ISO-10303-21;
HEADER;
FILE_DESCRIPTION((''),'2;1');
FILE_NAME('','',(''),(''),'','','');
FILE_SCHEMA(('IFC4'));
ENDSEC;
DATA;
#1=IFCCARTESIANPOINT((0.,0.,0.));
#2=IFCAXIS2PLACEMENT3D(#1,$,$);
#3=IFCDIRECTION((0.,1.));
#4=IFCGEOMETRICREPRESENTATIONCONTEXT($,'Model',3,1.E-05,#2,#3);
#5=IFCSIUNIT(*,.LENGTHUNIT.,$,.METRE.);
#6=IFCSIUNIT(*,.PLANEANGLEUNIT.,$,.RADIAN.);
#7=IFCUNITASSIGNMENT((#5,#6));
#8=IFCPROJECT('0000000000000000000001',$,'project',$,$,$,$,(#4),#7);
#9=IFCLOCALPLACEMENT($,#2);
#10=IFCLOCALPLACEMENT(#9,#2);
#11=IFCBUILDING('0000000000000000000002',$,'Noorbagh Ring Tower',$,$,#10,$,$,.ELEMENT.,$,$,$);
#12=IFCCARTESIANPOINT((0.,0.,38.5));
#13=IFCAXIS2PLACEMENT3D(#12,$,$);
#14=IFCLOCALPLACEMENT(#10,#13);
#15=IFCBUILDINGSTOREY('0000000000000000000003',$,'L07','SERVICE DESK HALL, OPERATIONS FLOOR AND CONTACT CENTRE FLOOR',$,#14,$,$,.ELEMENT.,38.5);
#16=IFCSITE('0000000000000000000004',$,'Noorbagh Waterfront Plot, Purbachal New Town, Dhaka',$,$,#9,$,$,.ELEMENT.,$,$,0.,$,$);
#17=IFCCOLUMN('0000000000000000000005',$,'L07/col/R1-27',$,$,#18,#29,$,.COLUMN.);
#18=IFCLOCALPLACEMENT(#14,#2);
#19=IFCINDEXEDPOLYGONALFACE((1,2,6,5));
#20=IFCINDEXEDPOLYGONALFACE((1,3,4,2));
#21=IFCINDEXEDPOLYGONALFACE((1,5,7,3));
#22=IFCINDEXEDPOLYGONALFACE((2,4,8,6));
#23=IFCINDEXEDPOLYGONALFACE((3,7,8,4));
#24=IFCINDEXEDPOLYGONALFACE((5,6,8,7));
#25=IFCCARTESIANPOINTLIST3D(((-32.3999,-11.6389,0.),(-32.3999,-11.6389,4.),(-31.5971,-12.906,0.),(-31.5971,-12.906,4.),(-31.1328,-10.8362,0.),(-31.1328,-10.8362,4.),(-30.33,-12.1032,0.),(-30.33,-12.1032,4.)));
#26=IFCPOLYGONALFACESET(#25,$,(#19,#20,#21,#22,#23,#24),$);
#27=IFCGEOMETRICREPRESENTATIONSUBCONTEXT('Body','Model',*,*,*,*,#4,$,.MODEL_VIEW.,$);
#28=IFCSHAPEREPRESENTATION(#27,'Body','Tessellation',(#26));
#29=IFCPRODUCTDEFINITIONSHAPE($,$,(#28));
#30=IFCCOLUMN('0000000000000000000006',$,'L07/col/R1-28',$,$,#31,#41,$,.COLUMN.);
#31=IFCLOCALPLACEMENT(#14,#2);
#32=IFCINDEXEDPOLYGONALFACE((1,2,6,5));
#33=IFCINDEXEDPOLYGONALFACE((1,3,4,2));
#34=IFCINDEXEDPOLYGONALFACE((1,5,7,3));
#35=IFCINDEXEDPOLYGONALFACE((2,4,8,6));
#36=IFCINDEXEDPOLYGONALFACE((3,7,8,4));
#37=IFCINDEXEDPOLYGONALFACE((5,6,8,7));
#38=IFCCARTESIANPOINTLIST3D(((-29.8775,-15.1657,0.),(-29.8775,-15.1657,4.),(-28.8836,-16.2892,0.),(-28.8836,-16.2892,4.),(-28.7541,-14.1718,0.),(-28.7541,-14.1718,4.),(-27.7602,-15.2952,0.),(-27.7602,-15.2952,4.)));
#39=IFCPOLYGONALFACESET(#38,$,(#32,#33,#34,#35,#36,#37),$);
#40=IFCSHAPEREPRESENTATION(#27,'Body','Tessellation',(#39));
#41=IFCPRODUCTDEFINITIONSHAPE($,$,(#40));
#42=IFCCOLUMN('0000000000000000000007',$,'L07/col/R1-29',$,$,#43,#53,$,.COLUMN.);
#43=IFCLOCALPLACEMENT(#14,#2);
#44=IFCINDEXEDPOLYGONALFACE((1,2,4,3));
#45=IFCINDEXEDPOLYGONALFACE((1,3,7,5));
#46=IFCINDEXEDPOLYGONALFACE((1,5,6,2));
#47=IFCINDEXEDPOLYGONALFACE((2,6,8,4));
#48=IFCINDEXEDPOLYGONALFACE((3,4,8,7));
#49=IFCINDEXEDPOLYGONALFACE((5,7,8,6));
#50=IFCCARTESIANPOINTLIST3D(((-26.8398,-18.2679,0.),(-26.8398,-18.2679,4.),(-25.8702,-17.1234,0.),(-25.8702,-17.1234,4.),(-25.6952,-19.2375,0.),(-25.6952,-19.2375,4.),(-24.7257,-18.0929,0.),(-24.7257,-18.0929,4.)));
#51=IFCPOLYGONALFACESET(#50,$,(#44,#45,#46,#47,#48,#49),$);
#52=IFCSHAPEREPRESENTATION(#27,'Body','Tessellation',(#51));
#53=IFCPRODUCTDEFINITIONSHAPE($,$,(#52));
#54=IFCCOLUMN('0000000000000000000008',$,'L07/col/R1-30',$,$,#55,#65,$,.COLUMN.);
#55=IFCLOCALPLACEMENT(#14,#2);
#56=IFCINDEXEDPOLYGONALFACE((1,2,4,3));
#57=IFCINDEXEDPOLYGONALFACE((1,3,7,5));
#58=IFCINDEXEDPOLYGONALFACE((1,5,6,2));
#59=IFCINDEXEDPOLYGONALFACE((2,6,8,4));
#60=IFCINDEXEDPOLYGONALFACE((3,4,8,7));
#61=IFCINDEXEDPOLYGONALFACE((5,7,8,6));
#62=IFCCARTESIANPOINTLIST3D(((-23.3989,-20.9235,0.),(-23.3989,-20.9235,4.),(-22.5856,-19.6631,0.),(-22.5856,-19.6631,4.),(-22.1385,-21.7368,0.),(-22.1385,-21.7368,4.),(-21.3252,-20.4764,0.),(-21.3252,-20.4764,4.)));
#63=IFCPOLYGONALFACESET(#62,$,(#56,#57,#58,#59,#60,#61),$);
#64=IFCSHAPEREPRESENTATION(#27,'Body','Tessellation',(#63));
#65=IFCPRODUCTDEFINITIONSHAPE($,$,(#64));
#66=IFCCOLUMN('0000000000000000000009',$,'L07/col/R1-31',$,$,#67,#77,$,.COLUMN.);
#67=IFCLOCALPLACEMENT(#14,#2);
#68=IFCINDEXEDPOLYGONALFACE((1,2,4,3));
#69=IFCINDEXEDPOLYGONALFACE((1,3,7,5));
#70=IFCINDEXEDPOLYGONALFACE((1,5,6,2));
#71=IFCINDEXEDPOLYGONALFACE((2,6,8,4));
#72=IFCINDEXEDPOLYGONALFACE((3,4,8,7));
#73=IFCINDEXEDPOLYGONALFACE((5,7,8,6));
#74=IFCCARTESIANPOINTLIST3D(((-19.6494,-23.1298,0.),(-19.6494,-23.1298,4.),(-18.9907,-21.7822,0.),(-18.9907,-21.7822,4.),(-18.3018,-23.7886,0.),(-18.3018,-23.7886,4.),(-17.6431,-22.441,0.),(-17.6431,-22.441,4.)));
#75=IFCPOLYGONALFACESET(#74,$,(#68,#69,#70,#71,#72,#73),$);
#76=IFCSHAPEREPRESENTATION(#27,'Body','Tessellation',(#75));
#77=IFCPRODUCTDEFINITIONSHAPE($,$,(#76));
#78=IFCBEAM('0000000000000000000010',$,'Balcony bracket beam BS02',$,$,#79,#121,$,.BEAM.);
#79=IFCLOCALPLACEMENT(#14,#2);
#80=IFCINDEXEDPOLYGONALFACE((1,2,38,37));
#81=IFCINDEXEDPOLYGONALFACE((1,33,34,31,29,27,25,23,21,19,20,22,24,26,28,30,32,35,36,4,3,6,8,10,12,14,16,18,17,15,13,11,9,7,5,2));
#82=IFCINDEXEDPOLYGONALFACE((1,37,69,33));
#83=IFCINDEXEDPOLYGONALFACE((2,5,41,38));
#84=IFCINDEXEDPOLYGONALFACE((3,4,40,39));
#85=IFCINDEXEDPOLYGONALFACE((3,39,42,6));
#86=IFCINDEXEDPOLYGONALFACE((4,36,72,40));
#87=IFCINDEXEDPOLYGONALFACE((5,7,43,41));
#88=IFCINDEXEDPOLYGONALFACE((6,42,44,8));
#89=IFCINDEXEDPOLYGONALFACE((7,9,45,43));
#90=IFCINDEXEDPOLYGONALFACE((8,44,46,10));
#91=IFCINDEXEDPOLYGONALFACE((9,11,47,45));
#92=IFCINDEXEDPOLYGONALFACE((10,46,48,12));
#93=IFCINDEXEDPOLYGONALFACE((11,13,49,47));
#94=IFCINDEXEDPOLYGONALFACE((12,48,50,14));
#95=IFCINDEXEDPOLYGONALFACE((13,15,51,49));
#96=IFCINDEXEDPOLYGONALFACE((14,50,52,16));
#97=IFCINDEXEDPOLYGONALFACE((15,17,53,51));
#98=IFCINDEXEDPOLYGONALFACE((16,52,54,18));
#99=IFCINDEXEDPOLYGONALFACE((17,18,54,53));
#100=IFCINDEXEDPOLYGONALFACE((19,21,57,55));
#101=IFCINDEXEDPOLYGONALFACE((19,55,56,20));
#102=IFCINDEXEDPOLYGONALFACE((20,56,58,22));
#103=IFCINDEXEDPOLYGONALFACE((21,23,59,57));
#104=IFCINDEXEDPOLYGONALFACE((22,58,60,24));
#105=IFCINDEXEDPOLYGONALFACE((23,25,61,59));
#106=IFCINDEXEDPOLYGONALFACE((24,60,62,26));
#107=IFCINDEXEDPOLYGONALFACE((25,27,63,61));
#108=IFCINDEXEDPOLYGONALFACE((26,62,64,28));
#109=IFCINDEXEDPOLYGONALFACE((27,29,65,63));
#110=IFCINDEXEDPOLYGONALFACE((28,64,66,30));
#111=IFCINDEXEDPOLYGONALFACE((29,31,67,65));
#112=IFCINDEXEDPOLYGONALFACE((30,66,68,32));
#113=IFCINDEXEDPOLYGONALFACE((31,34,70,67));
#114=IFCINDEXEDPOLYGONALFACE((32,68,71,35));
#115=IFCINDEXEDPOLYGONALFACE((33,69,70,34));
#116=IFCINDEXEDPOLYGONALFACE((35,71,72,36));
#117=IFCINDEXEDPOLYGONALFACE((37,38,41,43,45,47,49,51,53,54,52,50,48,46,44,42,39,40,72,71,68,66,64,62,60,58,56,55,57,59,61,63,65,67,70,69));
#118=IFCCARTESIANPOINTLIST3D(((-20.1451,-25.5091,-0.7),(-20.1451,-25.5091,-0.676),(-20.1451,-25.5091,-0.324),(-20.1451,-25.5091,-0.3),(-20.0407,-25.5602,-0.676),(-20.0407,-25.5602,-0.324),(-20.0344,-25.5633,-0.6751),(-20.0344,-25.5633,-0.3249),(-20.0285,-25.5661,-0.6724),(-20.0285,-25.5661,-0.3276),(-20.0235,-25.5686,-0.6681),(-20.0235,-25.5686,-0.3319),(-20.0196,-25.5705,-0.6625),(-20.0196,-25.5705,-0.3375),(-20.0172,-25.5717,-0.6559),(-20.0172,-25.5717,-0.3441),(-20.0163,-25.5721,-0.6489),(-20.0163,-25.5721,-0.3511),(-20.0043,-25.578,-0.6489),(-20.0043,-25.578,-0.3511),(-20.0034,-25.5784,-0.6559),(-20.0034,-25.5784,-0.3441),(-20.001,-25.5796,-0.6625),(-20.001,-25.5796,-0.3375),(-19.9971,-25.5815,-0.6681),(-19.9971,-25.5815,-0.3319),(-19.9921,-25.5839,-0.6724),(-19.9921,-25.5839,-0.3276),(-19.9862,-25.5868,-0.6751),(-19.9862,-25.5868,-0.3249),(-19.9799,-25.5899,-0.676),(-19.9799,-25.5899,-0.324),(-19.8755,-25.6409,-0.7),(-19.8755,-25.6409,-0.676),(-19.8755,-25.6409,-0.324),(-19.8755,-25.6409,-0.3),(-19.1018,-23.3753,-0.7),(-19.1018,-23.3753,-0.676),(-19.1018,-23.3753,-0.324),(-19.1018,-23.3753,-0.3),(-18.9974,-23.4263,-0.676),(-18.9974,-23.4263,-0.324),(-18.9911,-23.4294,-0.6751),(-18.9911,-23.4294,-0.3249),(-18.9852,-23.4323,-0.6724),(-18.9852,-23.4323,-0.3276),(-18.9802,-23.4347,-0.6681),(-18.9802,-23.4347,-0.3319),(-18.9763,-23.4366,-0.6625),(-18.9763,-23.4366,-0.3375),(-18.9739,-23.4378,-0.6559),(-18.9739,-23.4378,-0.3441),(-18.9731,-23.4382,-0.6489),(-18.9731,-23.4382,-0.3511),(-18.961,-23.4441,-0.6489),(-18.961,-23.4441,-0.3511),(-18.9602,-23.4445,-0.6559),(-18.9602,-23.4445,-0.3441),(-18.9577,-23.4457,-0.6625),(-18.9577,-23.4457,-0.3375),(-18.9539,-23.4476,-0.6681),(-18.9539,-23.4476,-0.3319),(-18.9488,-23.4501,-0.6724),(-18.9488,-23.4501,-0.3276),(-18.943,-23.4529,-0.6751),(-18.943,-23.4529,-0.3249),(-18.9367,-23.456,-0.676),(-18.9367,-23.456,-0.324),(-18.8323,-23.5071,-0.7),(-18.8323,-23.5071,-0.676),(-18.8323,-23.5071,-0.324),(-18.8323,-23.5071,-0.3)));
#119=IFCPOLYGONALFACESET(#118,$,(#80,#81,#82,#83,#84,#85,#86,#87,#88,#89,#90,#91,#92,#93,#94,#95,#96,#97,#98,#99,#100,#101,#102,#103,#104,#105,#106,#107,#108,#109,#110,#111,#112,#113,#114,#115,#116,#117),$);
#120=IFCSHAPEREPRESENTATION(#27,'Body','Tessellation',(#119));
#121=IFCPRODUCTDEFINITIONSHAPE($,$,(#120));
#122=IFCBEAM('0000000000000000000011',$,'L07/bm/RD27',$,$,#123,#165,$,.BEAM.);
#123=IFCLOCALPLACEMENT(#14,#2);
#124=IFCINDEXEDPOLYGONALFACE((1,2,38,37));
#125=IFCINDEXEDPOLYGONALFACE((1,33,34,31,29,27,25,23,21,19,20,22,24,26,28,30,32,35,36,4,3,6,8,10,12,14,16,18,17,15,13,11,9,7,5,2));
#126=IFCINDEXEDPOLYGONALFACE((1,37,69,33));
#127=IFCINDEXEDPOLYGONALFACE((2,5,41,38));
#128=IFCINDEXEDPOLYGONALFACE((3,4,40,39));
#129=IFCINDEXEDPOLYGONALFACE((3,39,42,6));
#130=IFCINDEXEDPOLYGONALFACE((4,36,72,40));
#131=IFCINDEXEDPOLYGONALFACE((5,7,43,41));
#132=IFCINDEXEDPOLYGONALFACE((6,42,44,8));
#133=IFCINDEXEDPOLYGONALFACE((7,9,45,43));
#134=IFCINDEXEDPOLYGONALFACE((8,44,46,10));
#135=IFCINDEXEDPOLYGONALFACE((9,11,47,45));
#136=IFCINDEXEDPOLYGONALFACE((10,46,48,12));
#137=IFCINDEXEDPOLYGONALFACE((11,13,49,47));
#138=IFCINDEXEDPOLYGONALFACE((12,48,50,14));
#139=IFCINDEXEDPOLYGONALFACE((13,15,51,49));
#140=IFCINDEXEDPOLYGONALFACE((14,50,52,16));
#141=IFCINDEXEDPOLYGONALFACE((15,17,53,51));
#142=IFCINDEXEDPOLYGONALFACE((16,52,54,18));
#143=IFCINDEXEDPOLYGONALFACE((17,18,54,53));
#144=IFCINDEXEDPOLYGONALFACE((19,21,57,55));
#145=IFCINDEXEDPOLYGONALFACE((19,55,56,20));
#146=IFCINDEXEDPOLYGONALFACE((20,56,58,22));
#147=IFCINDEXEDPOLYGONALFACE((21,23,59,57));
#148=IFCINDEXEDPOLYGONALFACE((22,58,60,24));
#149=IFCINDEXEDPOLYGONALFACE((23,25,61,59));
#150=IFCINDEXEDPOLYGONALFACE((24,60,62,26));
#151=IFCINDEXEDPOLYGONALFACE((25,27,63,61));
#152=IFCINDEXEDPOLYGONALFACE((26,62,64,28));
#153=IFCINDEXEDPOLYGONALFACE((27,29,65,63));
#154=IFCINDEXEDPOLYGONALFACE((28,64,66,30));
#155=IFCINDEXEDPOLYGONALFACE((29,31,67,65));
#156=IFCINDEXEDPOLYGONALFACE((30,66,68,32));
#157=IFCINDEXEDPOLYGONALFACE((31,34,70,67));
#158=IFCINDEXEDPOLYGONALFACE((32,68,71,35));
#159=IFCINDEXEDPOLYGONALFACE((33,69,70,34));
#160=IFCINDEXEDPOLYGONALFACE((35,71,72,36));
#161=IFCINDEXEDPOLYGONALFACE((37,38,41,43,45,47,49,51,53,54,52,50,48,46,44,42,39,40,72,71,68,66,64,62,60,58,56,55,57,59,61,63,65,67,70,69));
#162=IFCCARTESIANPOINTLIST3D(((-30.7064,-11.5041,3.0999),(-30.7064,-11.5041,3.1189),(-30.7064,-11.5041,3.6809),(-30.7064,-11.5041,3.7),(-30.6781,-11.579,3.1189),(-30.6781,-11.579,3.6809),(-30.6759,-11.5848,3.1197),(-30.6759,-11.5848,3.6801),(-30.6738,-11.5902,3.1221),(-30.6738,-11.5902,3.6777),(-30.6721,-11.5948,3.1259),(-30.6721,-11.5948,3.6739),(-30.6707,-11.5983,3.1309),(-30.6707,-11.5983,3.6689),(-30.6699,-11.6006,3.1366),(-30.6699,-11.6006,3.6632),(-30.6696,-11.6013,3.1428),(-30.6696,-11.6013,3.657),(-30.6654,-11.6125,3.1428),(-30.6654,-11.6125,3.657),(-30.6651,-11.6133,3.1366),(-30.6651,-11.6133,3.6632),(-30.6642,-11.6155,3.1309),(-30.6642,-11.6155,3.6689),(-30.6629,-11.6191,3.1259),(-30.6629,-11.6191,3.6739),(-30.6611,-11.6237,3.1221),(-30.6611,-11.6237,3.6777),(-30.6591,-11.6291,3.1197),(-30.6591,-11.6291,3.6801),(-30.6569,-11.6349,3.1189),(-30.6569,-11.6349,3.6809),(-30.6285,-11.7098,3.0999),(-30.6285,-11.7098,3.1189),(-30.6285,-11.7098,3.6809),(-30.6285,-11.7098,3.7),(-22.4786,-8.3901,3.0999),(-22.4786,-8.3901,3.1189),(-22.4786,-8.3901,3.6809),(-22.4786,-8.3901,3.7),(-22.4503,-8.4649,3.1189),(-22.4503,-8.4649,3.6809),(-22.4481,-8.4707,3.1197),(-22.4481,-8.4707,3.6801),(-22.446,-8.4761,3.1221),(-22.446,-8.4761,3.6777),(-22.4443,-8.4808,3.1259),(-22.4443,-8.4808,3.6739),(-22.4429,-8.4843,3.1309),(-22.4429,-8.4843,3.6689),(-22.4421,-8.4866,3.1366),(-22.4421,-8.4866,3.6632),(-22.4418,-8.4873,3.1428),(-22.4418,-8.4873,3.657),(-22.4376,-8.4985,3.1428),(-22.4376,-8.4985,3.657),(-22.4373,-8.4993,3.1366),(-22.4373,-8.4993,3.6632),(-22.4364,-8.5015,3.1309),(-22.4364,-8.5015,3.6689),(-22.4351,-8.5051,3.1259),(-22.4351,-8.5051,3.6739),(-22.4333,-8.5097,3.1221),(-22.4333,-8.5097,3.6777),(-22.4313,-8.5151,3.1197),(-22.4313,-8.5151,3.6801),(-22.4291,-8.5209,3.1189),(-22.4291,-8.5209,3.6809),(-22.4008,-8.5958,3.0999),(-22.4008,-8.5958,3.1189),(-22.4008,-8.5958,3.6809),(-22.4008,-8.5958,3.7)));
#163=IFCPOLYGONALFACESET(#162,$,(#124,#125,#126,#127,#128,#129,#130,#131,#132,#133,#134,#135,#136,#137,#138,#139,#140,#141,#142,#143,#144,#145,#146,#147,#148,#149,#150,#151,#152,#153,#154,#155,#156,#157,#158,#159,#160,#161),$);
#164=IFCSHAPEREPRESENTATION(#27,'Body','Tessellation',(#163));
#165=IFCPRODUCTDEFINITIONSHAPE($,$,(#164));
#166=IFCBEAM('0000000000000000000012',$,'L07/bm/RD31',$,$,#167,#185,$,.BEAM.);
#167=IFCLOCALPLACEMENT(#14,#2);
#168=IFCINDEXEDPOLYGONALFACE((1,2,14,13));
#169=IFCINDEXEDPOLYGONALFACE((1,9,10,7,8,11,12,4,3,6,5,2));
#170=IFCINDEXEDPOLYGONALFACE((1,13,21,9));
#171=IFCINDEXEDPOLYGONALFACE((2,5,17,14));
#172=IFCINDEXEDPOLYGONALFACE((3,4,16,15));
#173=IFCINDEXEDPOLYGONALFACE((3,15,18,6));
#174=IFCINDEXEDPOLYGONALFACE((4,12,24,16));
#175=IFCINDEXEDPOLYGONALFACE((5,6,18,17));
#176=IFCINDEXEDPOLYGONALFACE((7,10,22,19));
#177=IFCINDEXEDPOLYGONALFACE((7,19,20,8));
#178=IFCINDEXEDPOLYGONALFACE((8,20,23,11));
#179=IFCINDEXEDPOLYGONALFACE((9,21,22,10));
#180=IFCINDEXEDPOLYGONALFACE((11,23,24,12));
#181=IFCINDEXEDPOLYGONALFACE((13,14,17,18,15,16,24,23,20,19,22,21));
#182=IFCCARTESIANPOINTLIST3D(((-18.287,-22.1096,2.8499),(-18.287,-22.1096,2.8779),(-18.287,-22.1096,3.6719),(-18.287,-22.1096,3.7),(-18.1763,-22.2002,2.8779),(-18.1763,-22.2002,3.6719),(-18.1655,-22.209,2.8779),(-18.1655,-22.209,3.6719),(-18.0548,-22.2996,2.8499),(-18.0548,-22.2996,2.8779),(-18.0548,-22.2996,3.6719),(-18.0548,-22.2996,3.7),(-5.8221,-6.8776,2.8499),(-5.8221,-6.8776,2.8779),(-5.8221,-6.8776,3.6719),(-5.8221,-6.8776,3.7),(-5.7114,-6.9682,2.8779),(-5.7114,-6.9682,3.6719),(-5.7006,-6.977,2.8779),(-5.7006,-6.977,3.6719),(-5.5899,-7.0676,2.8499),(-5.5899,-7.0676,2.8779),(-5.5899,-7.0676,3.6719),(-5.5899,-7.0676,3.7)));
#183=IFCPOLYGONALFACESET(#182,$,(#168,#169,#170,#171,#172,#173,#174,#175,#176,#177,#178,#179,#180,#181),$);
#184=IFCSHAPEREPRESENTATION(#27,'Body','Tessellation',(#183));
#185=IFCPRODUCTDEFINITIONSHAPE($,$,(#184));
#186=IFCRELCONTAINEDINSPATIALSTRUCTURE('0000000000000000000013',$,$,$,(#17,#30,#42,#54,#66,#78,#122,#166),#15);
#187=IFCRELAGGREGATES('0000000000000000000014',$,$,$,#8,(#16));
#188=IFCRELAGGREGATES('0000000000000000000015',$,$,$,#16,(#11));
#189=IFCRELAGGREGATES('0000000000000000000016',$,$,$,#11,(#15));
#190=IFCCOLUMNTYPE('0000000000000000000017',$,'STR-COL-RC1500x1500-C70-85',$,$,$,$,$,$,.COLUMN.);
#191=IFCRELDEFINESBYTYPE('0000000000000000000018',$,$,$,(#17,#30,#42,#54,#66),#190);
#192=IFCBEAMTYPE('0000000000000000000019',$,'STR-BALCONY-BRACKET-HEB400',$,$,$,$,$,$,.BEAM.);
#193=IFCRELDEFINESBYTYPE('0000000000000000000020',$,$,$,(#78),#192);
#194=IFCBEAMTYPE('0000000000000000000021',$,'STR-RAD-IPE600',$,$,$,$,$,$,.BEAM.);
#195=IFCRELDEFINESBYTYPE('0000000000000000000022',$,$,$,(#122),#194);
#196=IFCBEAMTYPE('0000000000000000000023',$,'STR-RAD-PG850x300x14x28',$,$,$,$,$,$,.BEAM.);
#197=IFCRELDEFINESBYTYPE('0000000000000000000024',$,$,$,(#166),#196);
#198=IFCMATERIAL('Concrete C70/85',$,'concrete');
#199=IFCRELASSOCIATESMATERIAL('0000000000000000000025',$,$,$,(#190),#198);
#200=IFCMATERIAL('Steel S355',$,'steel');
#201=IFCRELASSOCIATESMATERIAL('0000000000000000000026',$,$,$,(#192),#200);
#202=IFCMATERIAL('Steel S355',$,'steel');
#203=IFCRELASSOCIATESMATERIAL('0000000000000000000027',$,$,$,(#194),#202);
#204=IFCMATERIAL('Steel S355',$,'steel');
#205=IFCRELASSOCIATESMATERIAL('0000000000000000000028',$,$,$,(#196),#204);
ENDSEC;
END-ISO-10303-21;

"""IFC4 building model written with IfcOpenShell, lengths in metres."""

from ifc_helpers import new_model, si_unit, direction, frame, origin, origin_2d, place, context, subcontext, project, spatial, rectangle, i_section, extrude, material, material_profile, profile_set, type_object, element, save


model = new_model("IFC4")

# Units and contexts
model_context = context("Model", 3, precision=1e-05, world=origin(), true_north=direction((0.0, 1.0)))
body_context = subcontext(model_context, "Body", "Model", "MODEL_VIEW")
ifc_project = project(units=[si_unit("LENGTHUNIT", "METRE"), si_unit("PLANEANGLEUNIT", "RADIAN")], contexts=[model_context])

# Site, building, storey
site_placement = place(None, origin())
site = spatial("IfcSite", under=ifc_project, at=site_placement, Name="Noorbagh Waterfront Plot, Purbachal New Town, Dhaka", CompositionType="ELEMENT", RefElevation=0.0)
building_placement = place(site_placement, origin())
building = spatial("IfcBuilding", under=site, at=building_placement, Name="Noorbagh Ring Tower", CompositionType="ELEMENT")
storey_placement = place(building_placement, frame((0.0, 0.0, 38.5)))
storey = spatial("IfcBuildingStorey", under=building, at=storey_placement, Name="L07", Description="SERVICE DESK HALL, OPERATIONS FLOOR AND CONTACT CENTRE FLOOR", CompositionType="ELEMENT", Elevation=38.5)

# Columns
ifc_material_1 = material(Name="Concrete C70/85", Category="concrete")
ifc_material_profile_1 = material_profile(ifc_material_1, rectangle(XDim=1.5, YDim=1.5, at=origin_2d()), Name="RC1500x1500")
ifc_profile_set_1 = profile_set([ifc_material_profile_1], Name="Concrete C70/85")
column_type = type_object("IfcColumnType", Name="STR-COL-RC1500x1500-C70-85", PredefinedType="COLUMN", material=ifc_profile_set_1)
for number, where, z_axis, x_axis, name in (
    (1, (-31.365, -11.8711, 0.0), (0.0, 0.0, 1.0), (0.53519, -0.844731, 0.0), "L07/col/R1-27"),
    (2, (-28.8188, -15.2305, 0.0), (0.0, 0.0, 1.0), (0.662636, -0.748942, 0.0), "L07/col/R1-28"),
    (3, (-25.7827, -18.1804, 0.0), (0.0, 0.0, 1.0), (0.763035, -0.646357, 0.0), "L07/col/R1-29"),
    (4, (-22.3621, -20.7, 0.0), (0.0, 0.0, 1.0), (0.840248, -0.542203, 0.0), "L07/col/R1-30"),
    (5, (-18.6462, -22.7854, 0.0), (0.0, 0.0, 1.0), (0.898399, -0.43918, 0.0), "L07/col/R1-31"),
):
    element("IfcColumn", number, at=place(storey_placement, frame(where, z_axis=z_axis, x_axis=x_axis)), inside=storey, type_object=column_type, Name=name, PredefinedType="COLUMN", context=body_context, shape_type="SweptSolid", body=[
        extrude(rectangle(XDim=1.5, YDim=1.5, at=origin_2d()), origin(), (0.0, 0.0, 1.0), 4.0),
    ])

# Beams
ifc_material_2 = material(Name="Steel S355", Category="steel")
ifc_material_profile_2 = material_profile(ifc_material_2, i_section(OverallWidth=0.3, OverallDepth=0.3999, WebThickness=0.0134, FlangeThickness=0.0239, FilletRadius=0.0271, at=origin_2d()), Name="HEB400")
ifc_profile_set_2 = profile_set([ifc_material_profile_2], Name="Steel S355")
beam_type_1 = type_object("IfcBeamType", Name="STR-BALCONY-BRACKET-HEB400", PredefinedType="BEAM", material=ifc_profile_set_2)
beam_1_placement = place(storey_placement, frame((-18.967, -23.4412, -0.5), z_axis=(-0.439219, -0.89838, 0.0), x_axis=(0.89838, -0.439219, 0.0)))
element("IfcBeam", 6, at=beam_1_placement, inside=storey, type_object=beam_type_1, Name="Balcony bracket beam BS02", PredefinedType="BEAM", context=body_context, shape_type="SweptSolid", body=[
    extrude(i_section(OverallWidth=0.3, OverallDepth=0.3999, WebThickness=0.0134, FlangeThickness=0.0239, FilletRadius=0.0271, at=origin_2d()), origin(), (0.0, 0.0, 1.0), 2.3752),
])
ifc_material_3 = material(Name="Steel S355", Category="steel")
ifc_material_profile_3 = material_profile(ifc_material_3, i_section(OverallWidth=0.22, OverallDepth=0.6001, WebThickness=0.012, FlangeThickness=0.019, FilletRadius=0.0239, at=origin_2d()), Name="IPE600")
ifc_profile_set_3 = profile_set([ifc_material_profile_3], Name="Steel S355")
beam_type_2 = type_object("IfcBeamType", Name="STR-RAD-IPE600", PredefinedType="BEAM", material=ifc_profile_set_3)
beam_2_placement = place(storey_placement, frame((-30.6675, -11.6069, 3.3999), z_axis=(0.935256, 0.353971, 0.0), x_axis=(-0.353971, 0.935256, 0.0)))
element("IfcBeam", 7, at=beam_2_placement, inside=storey, type_object=beam_type_2, Name="L07/bm/RD27", PredefinedType="BEAM", context=body_context, shape_type="SweptSolid", body=[
    extrude(i_section(OverallWidth=0.22, OverallDepth=0.6001, WebThickness=0.012, FlangeThickness=0.019, FilletRadius=0.0239, at=origin_2d()), origin(), (0.0, 0.0, 1.0), 8.7974),
])
ifc_material_4 = material(Name="Steel S355", Category="steel")
ifc_material_profile_4 = material_profile(ifc_material_4, i_section(OverallWidth=0.3, OverallDepth=0.8501, WebThickness=0.0139, FlangeThickness=0.0281, at=origin_2d()), Name="PG850x300x14x28")
ifc_profile_set_4 = profile_set([ifc_material_profile_4], Name="Steel S355")
beam_type_3 = type_object("IfcBeamType", Name="STR-RAD-PG850x300x14x28", PredefinedType="BEAM", material=ifc_profile_set_4)
beam_3_placement = place(storey_placement, frame((-18.1709, -22.2046, 3.2749), z_axis=(0.633309, 0.773899, 0.0), x_axis=(-0.773899, 0.633309, 0.0)))
element("IfcBeam", 8, at=beam_3_placement, inside=storey, type_object=beam_type_3, Name="L07/bm/RD31", PredefinedType="BEAM", context=body_context, shape_type="SweptSolid", body=[
    extrude(i_section(OverallWidth=0.3, OverallDepth=0.8501, WebThickness=0.0139, FlangeThickness=0.0281, at=origin_2d()), origin(), (0.0, 0.0, 1.0), 19.6821),
])

save(model, "model.ifc")
